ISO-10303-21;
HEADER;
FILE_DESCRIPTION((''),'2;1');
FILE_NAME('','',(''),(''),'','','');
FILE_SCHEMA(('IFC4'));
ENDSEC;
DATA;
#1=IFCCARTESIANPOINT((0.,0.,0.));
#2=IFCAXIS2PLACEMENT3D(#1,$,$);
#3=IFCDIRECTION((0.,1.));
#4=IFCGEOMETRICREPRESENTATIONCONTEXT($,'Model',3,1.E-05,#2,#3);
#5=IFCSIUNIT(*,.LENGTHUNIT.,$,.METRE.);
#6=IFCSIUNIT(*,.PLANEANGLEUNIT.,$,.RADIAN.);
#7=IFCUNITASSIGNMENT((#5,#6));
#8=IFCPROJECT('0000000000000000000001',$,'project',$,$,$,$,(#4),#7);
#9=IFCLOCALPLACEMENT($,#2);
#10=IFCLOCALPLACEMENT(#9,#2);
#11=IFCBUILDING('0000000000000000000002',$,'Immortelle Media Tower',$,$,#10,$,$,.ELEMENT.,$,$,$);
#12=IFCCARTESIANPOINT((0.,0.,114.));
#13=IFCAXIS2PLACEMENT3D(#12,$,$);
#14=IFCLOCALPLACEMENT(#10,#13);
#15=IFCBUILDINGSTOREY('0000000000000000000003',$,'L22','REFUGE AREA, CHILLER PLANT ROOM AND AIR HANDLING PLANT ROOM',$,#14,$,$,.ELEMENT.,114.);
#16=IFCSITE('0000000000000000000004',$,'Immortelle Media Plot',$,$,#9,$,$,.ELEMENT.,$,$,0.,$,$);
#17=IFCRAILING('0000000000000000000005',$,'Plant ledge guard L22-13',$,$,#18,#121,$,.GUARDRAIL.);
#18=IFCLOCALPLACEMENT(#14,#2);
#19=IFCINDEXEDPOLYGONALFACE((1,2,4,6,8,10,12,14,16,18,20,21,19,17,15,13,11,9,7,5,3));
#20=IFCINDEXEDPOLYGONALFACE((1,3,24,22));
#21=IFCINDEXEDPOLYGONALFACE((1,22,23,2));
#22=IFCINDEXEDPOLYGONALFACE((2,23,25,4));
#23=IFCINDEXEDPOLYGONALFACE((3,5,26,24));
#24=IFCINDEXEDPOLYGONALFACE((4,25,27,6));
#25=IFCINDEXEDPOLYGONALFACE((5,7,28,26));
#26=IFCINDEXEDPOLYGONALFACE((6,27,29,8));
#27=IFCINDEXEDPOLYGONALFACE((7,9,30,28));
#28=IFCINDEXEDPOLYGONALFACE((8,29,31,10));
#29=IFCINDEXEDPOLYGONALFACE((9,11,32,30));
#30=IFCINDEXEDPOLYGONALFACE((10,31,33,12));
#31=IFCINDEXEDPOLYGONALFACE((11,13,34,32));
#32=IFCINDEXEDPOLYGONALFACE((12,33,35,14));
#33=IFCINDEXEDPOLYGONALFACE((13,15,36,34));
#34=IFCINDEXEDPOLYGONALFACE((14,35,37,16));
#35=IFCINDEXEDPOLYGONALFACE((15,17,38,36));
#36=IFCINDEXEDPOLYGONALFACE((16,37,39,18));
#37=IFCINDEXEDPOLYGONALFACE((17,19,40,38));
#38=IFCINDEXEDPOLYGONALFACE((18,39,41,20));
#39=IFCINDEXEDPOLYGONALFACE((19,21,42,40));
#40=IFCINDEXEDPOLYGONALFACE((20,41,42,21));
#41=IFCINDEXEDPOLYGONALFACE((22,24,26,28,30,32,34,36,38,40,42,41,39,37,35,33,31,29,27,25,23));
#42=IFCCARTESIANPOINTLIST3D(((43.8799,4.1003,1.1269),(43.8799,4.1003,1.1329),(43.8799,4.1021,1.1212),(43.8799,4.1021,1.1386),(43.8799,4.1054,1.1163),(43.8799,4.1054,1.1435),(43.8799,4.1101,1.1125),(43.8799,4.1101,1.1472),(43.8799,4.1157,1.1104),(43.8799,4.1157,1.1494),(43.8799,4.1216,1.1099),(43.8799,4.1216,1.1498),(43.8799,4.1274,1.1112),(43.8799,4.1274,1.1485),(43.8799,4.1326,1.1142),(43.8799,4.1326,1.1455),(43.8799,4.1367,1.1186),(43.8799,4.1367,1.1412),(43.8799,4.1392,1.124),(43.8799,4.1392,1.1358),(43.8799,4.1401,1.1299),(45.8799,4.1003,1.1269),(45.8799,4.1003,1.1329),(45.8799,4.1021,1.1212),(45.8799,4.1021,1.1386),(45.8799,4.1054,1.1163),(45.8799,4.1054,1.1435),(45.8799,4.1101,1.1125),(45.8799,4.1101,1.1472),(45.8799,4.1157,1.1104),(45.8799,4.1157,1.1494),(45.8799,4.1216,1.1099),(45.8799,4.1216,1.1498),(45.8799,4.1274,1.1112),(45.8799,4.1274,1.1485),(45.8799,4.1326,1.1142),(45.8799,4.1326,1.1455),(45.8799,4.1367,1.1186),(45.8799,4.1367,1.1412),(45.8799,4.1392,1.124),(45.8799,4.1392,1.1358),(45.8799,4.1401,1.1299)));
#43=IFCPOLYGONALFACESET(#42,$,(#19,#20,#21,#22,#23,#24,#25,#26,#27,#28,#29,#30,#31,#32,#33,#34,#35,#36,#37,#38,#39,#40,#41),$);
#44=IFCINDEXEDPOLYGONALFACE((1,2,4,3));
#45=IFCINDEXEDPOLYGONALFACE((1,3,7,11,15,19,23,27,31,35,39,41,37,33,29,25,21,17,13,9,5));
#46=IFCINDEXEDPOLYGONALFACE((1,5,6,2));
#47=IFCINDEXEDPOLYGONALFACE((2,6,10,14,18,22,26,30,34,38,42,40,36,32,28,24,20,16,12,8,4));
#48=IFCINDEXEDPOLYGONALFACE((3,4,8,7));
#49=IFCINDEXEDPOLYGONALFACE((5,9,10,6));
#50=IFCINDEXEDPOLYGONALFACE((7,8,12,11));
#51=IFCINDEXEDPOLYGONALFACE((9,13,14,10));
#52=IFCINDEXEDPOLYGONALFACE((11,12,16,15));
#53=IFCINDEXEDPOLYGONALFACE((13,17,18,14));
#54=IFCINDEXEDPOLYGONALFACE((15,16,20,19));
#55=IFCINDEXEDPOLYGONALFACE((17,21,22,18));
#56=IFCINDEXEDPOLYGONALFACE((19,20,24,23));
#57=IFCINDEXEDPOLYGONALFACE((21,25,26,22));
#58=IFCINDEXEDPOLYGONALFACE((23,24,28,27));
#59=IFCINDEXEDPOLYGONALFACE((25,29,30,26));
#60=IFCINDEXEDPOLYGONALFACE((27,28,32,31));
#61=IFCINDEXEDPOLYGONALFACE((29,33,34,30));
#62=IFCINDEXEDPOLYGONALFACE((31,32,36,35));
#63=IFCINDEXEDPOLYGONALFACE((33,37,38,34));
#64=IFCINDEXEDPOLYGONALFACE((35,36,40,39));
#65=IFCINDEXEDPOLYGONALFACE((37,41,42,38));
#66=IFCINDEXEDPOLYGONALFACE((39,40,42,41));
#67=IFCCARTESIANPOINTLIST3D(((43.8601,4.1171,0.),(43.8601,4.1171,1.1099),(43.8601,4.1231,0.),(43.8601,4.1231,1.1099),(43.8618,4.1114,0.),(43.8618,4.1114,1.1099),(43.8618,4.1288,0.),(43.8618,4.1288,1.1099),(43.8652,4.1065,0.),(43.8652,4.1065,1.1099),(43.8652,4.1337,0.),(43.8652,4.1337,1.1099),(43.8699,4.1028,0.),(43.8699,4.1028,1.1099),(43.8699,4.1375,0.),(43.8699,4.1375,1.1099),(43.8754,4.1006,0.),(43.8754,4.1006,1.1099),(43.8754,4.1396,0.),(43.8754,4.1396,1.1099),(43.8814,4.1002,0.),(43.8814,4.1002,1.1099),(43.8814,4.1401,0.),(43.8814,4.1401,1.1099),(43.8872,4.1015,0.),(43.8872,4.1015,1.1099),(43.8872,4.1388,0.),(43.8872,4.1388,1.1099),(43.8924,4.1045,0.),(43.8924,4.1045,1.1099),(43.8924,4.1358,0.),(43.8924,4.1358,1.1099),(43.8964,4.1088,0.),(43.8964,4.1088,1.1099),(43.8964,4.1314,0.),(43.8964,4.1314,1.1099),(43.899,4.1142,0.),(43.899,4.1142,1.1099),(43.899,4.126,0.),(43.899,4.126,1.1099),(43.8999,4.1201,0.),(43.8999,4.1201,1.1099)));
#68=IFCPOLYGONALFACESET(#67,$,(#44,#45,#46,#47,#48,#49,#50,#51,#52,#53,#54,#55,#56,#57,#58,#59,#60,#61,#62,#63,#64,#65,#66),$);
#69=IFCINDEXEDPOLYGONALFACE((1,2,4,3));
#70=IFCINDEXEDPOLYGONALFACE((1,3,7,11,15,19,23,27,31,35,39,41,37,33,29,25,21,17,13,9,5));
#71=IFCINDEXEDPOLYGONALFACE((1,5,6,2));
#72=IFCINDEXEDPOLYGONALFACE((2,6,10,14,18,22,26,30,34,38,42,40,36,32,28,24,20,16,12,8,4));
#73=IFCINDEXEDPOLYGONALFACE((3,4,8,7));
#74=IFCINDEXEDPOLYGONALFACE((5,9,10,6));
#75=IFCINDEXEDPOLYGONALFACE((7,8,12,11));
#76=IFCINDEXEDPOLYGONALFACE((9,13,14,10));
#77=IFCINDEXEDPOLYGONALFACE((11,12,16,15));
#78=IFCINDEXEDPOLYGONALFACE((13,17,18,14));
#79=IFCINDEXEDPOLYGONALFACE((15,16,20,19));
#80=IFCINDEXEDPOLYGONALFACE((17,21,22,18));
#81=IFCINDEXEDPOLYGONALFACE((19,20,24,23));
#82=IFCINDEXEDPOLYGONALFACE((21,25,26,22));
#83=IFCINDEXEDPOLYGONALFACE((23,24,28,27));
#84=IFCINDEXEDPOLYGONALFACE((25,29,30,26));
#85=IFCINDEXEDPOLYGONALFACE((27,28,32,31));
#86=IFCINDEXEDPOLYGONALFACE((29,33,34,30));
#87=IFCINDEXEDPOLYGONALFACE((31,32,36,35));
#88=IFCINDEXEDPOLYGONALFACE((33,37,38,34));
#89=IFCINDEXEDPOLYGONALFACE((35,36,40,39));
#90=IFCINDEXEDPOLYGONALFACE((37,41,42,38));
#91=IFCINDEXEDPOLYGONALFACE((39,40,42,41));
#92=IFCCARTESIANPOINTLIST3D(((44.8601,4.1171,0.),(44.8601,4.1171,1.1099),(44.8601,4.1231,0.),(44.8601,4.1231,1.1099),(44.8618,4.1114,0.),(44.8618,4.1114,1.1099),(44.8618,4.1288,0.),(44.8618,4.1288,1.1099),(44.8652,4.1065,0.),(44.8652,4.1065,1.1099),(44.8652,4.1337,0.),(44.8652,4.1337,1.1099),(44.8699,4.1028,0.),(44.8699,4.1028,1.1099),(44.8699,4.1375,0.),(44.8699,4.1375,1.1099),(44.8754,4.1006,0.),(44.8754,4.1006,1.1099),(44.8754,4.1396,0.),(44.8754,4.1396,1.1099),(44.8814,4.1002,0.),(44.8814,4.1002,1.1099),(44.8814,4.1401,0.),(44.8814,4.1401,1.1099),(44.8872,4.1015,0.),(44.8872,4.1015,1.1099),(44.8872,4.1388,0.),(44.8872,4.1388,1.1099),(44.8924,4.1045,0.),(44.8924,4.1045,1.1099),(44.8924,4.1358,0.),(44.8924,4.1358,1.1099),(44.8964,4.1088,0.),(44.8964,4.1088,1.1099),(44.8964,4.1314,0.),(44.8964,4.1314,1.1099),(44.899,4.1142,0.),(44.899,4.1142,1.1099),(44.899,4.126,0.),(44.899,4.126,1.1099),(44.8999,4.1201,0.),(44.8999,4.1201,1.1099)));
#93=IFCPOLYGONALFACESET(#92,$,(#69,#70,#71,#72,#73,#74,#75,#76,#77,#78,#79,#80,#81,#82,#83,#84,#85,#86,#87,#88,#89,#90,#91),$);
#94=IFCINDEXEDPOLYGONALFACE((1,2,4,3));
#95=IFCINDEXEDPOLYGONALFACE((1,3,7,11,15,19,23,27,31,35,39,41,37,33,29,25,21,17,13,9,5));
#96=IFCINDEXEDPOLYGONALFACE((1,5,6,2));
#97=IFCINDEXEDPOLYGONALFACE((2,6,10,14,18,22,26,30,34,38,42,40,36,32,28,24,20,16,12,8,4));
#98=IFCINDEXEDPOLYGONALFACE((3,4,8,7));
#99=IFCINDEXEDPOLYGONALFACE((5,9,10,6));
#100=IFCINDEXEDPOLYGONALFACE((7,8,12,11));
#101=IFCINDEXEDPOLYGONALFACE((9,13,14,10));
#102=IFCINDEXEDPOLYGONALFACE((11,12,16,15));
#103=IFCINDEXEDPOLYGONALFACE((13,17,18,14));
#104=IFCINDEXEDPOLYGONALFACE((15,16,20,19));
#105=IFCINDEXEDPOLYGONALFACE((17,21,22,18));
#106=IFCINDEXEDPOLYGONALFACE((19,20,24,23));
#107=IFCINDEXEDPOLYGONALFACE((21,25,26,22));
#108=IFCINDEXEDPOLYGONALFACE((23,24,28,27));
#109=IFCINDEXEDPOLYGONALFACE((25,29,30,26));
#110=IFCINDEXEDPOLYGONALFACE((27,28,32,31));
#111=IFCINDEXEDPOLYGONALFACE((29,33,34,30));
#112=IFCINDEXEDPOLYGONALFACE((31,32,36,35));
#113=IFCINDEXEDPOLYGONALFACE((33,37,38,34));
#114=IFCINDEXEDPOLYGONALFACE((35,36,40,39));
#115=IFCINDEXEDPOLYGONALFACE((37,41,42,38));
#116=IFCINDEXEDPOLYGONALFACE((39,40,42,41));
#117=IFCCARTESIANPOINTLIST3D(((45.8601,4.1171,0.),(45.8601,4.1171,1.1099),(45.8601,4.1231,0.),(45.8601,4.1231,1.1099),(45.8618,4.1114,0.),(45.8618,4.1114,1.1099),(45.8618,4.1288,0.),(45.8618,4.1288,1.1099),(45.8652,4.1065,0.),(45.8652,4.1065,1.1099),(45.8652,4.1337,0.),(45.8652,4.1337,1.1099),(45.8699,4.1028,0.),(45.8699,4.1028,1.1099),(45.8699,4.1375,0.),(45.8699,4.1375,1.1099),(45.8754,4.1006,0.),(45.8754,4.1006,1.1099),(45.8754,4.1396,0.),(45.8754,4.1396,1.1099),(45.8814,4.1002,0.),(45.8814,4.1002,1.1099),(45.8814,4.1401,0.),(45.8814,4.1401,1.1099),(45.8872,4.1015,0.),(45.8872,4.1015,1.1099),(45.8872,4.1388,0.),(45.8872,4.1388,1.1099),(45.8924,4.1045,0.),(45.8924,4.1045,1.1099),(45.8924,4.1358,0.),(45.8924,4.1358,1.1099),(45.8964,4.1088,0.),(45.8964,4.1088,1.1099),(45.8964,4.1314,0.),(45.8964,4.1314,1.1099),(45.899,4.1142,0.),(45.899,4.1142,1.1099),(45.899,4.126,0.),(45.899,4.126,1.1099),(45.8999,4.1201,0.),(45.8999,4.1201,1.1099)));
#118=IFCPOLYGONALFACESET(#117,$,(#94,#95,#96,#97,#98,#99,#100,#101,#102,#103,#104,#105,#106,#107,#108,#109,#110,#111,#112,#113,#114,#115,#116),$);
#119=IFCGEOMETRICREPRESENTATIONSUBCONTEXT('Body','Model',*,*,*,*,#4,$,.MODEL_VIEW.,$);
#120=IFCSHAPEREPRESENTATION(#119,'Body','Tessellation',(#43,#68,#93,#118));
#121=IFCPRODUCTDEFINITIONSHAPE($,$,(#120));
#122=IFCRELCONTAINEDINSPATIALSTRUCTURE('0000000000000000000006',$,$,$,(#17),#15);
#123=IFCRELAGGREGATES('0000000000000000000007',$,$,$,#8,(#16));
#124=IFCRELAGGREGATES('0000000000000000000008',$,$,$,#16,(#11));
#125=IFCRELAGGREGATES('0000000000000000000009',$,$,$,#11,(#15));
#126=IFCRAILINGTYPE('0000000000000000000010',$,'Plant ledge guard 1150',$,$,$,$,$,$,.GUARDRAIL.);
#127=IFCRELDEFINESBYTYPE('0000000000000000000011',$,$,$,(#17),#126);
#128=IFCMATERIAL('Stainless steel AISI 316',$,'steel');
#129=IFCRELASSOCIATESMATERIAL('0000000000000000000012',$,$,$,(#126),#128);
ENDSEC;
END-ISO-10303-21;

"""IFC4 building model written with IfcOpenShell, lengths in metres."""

from ifc_helpers import new_model, si_unit, direction, frame, origin, origin_2d, place, context, subcontext, project, spatial, circle, extrude, material, type_object, element, save


model = new_model("IFC4")

# Units and contexts
model_context = context("Model", 3, precision=1e-05, world=origin(), true_north=direction((0.0, 1.0)))
body_context = subcontext(model_context, "Body", "Model", "MODEL_VIEW")
ifc_project = project(units=[si_unit("LENGTHUNIT", "METRE"), si_unit("PLANEANGLEUNIT", "RADIAN")], contexts=[model_context])

# Site, building, storey
site_placement = place(None, origin())
site = spatial("IfcSite", under=ifc_project, at=site_placement, Name="Immortelle Media Plot", CompositionType="ELEMENT", RefElevation=0.0)
building_placement = place(site_placement, origin())
building = spatial("IfcBuilding", under=site, at=building_placement, Name="Immortelle Media Tower", CompositionType="ELEMENT")
storey_placement = place(building_placement, frame((0.0, 0.0, 114.0)))
storey = spatial("IfcBuildingStorey", under=building, at=storey_placement, Name="L22", Description="REFUGE AREA, CHILLER PLANT ROOM AND AIR HANDLING PLANT ROOM", CompositionType="ELEMENT", Elevation=114.0)

# Railing
ifc_material_1 = material(Name="Stainless steel AISI 316", Category="steel")
railing_type = type_object("IfcRailingType", Name="Plant ledge guard 1150", PredefinedType="GUARDRAIL", material=ifc_material_1)
railing_1_placement = place(storey_placement, frame((43.8799, 4.1201, 0.0)))
element("IfcRailing", 1, at=railing_1_placement, inside=storey, type_object=railing_type, Name="Plant ledge guard L22-13", PredefinedType="GUARDRAIL", context=body_context, shape_type="SweptSolid", body=[
    extrude(circle(Radius=0.02, at=origin_2d()), frame((0.0, 0.0, 1.1299), z_axis=(1.0, 0.0, 0.0), x_axis=(0.0, 1.0, 0.0)), (0.0, 0.0, 1.0), 2.0),
    extrude(circle(Radius=0.02, at=origin_2d()), origin(), (0.0, 0.0, 1.0), 1.1099),
    extrude(circle(Radius=0.02, at=origin_2d()), frame((1.0, 0.0, 0.0)), (0.0, 0.0, 1.0), 1.1099),
    extrude(circle(Radius=0.02, at=origin_2d()), frame((2.0, 0.0, 0.0)), (0.0, 0.0, 1.0), 1.1099),
])

save(model, "model.ifc")
